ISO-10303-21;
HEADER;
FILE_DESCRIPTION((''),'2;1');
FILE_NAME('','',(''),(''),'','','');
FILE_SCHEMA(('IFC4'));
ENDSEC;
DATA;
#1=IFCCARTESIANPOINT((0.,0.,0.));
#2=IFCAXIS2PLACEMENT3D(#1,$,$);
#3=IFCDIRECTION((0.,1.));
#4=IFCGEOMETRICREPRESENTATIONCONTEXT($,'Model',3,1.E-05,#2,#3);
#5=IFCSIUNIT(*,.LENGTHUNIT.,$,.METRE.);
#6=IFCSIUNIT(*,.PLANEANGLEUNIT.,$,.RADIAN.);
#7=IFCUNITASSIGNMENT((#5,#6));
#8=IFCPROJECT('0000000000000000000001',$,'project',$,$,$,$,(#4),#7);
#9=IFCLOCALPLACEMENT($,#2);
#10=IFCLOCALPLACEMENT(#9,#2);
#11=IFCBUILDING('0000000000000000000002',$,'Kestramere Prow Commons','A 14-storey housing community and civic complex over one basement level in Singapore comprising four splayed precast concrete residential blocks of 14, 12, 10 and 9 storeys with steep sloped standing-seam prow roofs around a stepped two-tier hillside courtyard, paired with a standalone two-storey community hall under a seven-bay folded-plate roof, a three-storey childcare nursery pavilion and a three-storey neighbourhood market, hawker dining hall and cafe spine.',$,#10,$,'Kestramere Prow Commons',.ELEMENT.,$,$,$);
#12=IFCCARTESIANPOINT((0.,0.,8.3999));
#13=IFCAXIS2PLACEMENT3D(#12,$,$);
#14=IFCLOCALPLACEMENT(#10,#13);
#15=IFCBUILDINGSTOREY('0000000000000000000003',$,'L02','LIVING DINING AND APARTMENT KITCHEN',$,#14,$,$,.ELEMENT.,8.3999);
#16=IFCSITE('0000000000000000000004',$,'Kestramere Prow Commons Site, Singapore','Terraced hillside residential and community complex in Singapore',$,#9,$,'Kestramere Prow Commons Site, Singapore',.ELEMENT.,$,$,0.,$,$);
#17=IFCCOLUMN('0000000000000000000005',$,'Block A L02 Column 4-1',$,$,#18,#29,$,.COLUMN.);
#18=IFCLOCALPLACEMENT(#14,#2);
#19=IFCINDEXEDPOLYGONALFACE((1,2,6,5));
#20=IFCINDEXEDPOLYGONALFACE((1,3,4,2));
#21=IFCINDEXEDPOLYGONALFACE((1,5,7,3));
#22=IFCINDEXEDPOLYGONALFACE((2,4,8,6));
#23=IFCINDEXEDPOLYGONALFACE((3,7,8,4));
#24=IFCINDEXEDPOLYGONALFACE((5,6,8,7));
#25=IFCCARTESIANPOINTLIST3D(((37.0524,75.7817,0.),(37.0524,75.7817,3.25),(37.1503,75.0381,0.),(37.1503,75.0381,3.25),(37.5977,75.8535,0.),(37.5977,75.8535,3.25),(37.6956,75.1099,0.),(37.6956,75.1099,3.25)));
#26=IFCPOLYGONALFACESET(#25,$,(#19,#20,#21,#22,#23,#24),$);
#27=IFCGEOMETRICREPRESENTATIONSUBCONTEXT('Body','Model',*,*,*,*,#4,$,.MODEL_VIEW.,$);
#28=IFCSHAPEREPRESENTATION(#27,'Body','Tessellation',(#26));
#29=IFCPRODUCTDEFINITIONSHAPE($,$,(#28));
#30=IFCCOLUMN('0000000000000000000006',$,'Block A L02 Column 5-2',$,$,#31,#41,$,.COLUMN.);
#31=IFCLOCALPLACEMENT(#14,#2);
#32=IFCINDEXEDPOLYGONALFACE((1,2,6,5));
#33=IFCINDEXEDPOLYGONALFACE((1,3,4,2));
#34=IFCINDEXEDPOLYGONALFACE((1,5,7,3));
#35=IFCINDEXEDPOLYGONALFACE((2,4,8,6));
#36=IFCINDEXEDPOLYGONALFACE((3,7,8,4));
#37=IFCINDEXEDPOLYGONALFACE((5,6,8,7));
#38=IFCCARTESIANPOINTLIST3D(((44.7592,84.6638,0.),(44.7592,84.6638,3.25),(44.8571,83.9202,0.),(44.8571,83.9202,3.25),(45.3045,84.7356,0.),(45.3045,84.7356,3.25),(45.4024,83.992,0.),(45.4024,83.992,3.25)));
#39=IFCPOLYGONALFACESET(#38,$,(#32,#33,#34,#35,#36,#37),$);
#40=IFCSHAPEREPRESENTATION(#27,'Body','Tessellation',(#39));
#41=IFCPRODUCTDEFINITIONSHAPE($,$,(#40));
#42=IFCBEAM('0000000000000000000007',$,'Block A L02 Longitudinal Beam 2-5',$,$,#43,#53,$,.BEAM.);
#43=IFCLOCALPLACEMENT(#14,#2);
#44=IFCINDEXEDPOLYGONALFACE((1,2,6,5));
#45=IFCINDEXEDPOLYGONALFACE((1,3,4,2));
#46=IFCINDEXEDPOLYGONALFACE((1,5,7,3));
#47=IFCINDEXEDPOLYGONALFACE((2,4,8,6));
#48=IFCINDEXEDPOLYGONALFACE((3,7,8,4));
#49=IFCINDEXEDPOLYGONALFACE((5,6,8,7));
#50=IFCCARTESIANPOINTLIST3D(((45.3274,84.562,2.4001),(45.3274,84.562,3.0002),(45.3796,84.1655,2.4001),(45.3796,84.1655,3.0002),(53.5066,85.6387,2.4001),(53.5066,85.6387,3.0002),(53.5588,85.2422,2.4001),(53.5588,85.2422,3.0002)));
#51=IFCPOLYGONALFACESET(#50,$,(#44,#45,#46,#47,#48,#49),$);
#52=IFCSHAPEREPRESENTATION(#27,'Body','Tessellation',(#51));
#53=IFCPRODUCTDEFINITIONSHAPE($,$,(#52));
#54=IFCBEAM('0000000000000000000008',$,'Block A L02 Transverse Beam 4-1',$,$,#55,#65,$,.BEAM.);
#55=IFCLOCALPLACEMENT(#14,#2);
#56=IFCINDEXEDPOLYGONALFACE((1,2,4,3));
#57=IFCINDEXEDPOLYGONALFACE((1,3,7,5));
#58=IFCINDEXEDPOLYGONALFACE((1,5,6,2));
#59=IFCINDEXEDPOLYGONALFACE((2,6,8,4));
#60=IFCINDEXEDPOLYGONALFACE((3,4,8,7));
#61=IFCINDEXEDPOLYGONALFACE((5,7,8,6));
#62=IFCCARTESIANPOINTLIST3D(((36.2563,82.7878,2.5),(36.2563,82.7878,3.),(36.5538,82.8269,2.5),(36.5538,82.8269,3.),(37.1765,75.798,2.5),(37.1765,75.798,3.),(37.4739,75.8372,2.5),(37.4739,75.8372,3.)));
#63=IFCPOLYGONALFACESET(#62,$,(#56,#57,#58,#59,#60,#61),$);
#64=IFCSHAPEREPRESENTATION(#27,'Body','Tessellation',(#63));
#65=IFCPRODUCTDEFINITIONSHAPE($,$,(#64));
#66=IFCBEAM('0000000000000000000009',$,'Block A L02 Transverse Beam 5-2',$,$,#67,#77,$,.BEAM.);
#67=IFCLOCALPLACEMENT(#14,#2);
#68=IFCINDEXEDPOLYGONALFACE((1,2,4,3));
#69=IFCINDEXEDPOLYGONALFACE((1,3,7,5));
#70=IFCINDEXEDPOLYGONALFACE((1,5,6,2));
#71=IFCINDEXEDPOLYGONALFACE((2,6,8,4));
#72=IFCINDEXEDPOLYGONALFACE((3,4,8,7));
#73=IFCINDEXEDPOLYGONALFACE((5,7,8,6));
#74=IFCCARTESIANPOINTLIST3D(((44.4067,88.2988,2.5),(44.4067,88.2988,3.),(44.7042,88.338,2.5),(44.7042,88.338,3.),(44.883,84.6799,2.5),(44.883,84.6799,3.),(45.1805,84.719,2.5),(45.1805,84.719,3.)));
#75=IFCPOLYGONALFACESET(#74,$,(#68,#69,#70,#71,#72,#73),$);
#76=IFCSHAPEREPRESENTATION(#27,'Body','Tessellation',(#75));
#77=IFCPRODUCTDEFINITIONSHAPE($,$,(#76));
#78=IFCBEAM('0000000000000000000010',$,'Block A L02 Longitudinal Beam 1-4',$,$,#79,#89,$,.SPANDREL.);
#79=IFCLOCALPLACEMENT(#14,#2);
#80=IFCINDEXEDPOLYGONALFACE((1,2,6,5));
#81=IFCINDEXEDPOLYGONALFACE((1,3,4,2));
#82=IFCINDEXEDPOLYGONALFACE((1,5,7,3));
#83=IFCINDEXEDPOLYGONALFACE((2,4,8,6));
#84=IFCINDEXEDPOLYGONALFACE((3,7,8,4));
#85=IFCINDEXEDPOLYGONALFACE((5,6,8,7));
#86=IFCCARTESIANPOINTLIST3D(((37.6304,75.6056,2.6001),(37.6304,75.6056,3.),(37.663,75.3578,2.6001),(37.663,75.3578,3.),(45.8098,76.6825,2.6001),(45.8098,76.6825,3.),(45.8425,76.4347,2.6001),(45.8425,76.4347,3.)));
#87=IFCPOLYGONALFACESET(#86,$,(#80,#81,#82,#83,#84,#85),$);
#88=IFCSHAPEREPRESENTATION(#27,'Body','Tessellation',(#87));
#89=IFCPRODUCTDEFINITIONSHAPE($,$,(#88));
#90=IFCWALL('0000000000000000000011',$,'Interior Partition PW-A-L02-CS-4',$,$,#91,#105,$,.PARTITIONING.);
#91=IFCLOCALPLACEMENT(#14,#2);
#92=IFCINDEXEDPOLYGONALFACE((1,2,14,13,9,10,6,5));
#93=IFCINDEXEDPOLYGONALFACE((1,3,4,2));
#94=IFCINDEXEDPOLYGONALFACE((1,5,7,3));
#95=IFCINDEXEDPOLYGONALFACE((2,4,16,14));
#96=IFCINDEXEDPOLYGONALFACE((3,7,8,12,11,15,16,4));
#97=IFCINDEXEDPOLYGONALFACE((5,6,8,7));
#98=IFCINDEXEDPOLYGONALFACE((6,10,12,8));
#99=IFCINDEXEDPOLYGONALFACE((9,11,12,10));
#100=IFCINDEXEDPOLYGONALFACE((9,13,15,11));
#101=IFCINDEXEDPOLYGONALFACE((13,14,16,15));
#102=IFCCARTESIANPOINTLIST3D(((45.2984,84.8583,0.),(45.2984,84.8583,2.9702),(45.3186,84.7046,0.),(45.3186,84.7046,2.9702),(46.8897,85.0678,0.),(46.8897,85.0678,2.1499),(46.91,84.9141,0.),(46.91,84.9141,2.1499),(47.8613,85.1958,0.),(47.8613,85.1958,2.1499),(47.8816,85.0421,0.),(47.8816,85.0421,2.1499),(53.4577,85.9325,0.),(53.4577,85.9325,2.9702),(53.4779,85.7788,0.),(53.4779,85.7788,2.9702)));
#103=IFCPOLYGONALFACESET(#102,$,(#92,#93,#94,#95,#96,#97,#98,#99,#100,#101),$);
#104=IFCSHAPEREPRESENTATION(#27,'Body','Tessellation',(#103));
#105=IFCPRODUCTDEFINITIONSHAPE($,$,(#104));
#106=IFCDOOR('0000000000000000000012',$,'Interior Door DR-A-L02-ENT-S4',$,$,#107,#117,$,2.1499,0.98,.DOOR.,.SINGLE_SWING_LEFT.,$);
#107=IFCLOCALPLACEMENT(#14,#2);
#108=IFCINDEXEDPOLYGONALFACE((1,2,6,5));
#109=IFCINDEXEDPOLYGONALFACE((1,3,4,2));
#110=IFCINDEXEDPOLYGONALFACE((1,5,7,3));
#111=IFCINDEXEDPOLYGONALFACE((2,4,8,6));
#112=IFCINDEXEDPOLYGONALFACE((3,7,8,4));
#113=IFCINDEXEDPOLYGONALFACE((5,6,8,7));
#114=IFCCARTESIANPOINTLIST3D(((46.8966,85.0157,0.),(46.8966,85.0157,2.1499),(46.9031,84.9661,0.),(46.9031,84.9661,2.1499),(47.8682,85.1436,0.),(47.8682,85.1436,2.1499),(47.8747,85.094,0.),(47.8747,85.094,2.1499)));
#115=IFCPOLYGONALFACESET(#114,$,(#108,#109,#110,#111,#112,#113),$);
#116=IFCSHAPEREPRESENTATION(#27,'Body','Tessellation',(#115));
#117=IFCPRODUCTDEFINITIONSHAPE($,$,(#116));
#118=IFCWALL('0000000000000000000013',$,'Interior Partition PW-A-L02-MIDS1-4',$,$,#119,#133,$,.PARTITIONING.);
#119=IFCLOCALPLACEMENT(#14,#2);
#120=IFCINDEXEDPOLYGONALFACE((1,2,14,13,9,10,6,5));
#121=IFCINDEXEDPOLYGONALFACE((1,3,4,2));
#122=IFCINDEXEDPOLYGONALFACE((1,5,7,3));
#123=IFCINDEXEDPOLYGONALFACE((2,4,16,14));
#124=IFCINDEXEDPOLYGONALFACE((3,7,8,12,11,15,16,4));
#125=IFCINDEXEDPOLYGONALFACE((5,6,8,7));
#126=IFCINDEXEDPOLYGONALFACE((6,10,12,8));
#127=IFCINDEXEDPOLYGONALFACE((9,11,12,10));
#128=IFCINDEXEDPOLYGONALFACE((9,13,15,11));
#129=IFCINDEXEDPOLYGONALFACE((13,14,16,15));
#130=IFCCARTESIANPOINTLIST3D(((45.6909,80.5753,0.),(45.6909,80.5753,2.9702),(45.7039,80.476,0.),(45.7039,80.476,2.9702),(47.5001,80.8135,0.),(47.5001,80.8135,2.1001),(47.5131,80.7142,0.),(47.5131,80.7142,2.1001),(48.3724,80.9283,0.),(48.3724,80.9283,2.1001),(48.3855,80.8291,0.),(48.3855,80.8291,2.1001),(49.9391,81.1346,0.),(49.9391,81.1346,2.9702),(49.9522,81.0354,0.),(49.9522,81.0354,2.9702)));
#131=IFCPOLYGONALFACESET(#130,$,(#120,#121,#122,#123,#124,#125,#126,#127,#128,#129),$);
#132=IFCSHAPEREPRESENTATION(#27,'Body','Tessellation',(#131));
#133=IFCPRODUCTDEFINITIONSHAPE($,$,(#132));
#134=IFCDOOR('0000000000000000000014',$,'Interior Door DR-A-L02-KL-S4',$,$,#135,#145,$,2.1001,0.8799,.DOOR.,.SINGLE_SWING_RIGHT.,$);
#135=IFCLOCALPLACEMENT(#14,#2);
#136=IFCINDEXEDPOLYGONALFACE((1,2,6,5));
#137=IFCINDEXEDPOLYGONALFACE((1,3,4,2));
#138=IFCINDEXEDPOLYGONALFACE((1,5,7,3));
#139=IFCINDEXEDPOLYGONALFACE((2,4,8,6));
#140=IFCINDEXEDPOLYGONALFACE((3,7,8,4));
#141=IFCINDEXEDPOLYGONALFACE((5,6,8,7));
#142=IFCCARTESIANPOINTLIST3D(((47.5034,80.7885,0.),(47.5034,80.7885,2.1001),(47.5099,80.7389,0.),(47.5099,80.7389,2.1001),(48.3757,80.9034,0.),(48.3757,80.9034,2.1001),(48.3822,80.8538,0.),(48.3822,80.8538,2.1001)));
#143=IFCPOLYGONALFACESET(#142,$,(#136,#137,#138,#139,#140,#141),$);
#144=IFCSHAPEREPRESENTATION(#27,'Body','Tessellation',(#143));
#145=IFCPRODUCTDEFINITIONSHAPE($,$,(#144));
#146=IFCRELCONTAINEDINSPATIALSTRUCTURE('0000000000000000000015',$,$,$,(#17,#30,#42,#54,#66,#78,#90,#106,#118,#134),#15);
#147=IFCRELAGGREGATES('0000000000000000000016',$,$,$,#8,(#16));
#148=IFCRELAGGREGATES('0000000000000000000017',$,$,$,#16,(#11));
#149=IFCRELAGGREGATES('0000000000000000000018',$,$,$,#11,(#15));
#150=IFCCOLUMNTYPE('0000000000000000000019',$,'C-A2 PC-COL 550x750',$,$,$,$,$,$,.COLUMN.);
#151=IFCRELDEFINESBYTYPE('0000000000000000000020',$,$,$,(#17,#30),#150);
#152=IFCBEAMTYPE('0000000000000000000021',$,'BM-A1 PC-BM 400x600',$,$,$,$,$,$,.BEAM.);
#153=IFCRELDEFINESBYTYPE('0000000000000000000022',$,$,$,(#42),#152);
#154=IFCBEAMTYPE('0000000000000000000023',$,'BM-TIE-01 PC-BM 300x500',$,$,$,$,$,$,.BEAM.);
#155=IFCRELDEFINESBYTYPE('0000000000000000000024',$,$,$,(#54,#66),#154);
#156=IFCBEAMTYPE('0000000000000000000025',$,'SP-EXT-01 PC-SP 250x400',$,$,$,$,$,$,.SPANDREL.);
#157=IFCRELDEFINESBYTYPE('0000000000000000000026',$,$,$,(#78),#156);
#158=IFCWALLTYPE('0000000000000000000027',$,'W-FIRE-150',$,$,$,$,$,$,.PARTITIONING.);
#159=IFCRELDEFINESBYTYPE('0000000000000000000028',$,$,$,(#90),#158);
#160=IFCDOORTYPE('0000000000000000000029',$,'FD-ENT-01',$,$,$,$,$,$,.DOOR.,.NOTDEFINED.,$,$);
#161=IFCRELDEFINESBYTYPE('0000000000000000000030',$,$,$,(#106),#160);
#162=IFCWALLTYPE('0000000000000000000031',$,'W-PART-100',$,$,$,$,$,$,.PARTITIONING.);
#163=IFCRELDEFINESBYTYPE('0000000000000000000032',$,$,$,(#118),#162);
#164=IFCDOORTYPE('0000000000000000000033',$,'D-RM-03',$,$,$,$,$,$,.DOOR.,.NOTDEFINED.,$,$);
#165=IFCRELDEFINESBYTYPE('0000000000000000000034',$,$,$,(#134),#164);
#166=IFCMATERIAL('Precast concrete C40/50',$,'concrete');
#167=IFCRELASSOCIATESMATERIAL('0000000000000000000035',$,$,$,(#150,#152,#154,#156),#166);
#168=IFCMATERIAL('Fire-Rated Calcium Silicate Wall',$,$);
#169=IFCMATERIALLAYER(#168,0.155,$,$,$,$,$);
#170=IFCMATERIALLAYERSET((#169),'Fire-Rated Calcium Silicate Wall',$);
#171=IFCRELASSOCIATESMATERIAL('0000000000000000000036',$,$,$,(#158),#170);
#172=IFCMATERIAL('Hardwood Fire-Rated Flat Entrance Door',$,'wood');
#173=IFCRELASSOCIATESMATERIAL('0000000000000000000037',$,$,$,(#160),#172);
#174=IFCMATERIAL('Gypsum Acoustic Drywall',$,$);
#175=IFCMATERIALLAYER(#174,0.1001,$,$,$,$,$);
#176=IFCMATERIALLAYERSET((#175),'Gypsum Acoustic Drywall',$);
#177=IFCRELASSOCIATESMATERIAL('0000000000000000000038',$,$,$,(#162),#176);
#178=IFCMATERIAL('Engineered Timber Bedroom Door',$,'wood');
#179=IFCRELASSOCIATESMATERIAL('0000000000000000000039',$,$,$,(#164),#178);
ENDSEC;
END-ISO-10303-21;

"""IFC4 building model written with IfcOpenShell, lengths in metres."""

from ifc_helpers import new_model, si_unit, direction, frame, frame_2d, origin, origin_2d, place, context, subcontext, project, spatial, rectangle, extrude, material, layer, layer_set, material_profile, profile_set, type_object, element, fill, save


model = new_model("IFC4")

# Units and contexts
model_context = context("Model", 3, precision=1e-05, world=origin(), true_north=direction((0.0, 1.0)))
body_context = subcontext(model_context, "Body", "Model", "MODEL_VIEW")
ifc_project = project(units=[si_unit("LENGTHUNIT", "METRE"), si_unit("PLANEANGLEUNIT", "RADIAN")], contexts=[model_context])

# Site, building, storey
site_placement = place(None, origin())
site = spatial("IfcSite", under=ifc_project, at=site_placement, Name="Kestramere Prow Commons Site, Singapore", Description="Terraced hillside residential and community complex in Singapore", LongName="Kestramere Prow Commons Site, Singapore", CompositionType="ELEMENT", RefElevation=0.0)
building_placement = place(site_placement, origin())
building = spatial("IfcBuilding", under=site, at=building_placement, Name="Kestramere Prow Commons", Description="A 14-storey housing community and civic complex over one basement level in Singapore comprising four splayed precast concrete residential blocks of 14, 12, 10 and 9 storeys with steep sloped standing-seam prow roofs around a stepped two-tier hillside courtyard, paired with a standalone two-storey community hall under a seven-bay folded-plate roof, a three-storey childcare nursery pavilion and a three-storey neighbourhood market, hawker dining hall and cafe spine.", LongName="Kestramere Prow Commons", CompositionType="ELEMENT")
storey_placement = place(building_placement, frame((0.0, 0.0, 8.3999)))
storey = spatial("IfcBuildingStorey", under=building, at=storey_placement, Name="L02", Description="LIVING DINING AND APARTMENT KITCHEN", CompositionType="ELEMENT", Elevation=8.3999)

# Columns
ifc_material_1 = material(Name="Precast concrete C40/50", Category="concrete")
ifc_material_profile_1 = material_profile(ifc_material_1, rectangle(XDim=0.55, YDim=0.75, at=origin_2d()), Name="PC-COL 550x750")
ifc_profile_set_1 = profile_set([ifc_material_profile_1], Name="Precast concrete C40/50")
column_type = type_object("IfcColumnType", Name="C-A2 PC-COL 550x750", PredefinedType="COLUMN", material=ifc_profile_set_1)
for number, where, z_axis, x_axis, name in (
    (1, (37.374, 75.4458, 0.0), (0.0, 0.0, 1.0), (0.991445, 0.130526, 0.0), "Block A L02 Column 4-1"),
    (2, (45.0808, 84.3279, 0.0), (0.0, 0.0, 1.0), (0.991445, 0.130526, 0.0), "Block A L02 Column 5-2"),
):
    element("IfcColumn", number, at=place(storey_placement, frame(where, z_axis=z_axis, x_axis=x_axis)), inside=storey, type_object=column_type, Name=name, PredefinedType="COLUMN", context=body_context, shape_type="SweptSolid", body=[
        extrude(rectangle(XDim=0.55, YDim=0.75, at=origin_2d()), origin(), (0.0, 0.0, 1.0), 3.25),
    ])

# Beams
ifc_material_profile_2 = material_profile(ifc_material_1, rectangle(XDim=0.3999, YDim=0.6001, at=origin_2d()), Name="PC-BM 400x600")
ifc_profile_set_2 = profile_set([ifc_material_profile_2], Name="Precast concrete C40/50")
beam_type_1 = type_object("IfcBeamType", Name="BM-A1 PC-BM 400x600", PredefinedType="BEAM", material=ifc_profile_set_2)
beam_1_placement = place(storey_placement, frame((45.3535, 84.3638, 2.7002), z_axis=(0.991447, 0.130508, 0.0), x_axis=(-0.130508, 0.991447, 0.0)))
element("IfcBeam", 3, at=beam_1_placement, inside=storey, type_object=beam_type_1, Name="Block A L02 Longitudinal Beam 2-5", PredefinedType="BEAM", context=body_context, shape_type="SweptSolid", body=[
    extrude(rectangle(XDim=0.3999, YDim=0.6001, at=origin_2d()), origin(), (0.0, 0.0, 1.0), 8.2498),
])
ifc_material_profile_3 = material_profile(ifc_material_1, rectangle(XDim=0.3, YDim=0.5, at=origin_2d()), Name="PC-BM 300x500")
ifc_profile_set_3 = profile_set([ifc_material_profile_3], Name="Precast concrete C40/50")
beam_type_2 = type_object("IfcBeamType", Name="BM-TIE-01 PC-BM 300x500", PredefinedType="BEAM", material=ifc_profile_set_3)
beam_2_placement = place(storey_placement, frame((37.3252, 75.8176, 2.75), z_axis=(-0.130519, 0.991446, 0.0), x_axis=(-0.991446, -0.130519, 0.0)))
element("IfcBeam", 4, at=beam_2_placement, inside=storey, type_object=beam_type_2, Name="Block A L02 Transverse Beam 4-1", PredefinedType="BEAM", context=body_context, shape_type="SweptSolid", body=[
    extrude(rectangle(XDim=0.3, YDim=0.5, at=origin_2d()), origin(), (0.0, 0.0, 1.0), 7.05),
])
beam_3_placement = place(storey_placement, frame((45.0317, 84.6995, 2.75), z_axis=(-0.130494, 0.991449, 0.0), x_axis=(-0.991449, -0.130494, 0.0)))
element("IfcBeam", 5, at=beam_3_placement, inside=storey, type_object=beam_type_2, Name="Block A L02 Transverse Beam 5-2", PredefinedType="BEAM", context=body_context, shape_type="SweptSolid", body=[
    extrude(rectangle(XDim=0.3, YDim=0.5, at=origin_2d()), origin(), (0.0, 0.0, 1.0), 3.6501),
])
ifc_material_profile_4 = material_profile(ifc_material_1, rectangle(XDim=0.25, YDim=0.3999, at=origin_2d()), Name="PC-SP 250x400")
ifc_profile_set_4 = profile_set([ifc_material_profile_4], Name="Precast concrete C40/50")
beam_type_3 = type_object("IfcBeamType", Name="SP-EXT-01 PC-SP 250x400", PredefinedType="SPANDREL", material=ifc_profile_set_4)
beam_4_placement = place(storey_placement, frame((37.6467, 75.4817, 2.8), z_axis=(0.991444, 0.130533, 0.0), x_axis=(-0.130533, 0.991444, 0.0)))
element("IfcBeam", 6, at=beam_4_placement, inside=storey, type_object=beam_type_3, Name="Block A L02 Longitudinal Beam 1-4", PredefinedType="SPANDREL", context=body_context, shape_type="SweptSolid", body=[
    extrude(rectangle(XDim=0.25, YDim=0.3999, at=origin_2d()), origin(), (0.0, 0.0, 1.0), 8.25),
])

# Walls, openings, doors
ifc_material_2 = material(Name="Fire-Rated Calcium Silicate Wall")
ifc_layer_1 = layer(ifc_material_2, 0.155)
ifc_layer_set_1 = layer_set([ifc_layer_1], Name="Fire-Rated Calcium Silicate Wall")
wall_type_1 = type_object("IfcWallType", Name="W-FIRE-150", PredefinedType="PARTITIONING", material=ifc_layer_set_1)
wall_1_placement = place(storey_placement, frame((45.3086, 84.7815, 0.0), z_axis=(0.0, 0.0, 1.0), x_axis=(0.991445, 0.130527, 0.0)))
wall_1 = element("IfcWall", 7, at=wall_1_placement, inside=storey, type_object=wall_type_1, Name="Interior Partition PW-A-L02-CS-4", PredefinedType="PARTITIONING", context=body_context, shape_type="SweptSolid", body=[
    extrude(rectangle(XDim=8.2297, YDim=0.155, at=frame_2d((4.1147, 0.0))), origin(), (0.0, 0.0, 1.0), 2.9702),
])
opening_1_placement = place(wall_1_placement, frame((1.605, 0.0, 0.0)))
opening_1 = element("IfcOpeningElement", 8, at=opening_1_placement, cuts=wall_1, PredefinedType="OPENING", context=body_context, shape_type="SweptSolid", body=[
    extrude(rectangle(XDim=0.98, YDim=2.1499, at=frame_2d((0.49, 1.075))), frame((0.0, 0.0925, 0.0), z_axis=(0.0, -1.0, 0.0), x_axis=(1.0, 0.0, 0.0)), (0.0, 0.0, 1.0), 0.1851),
])
ifc_material_3 = material(Name="Hardwood Fire-Rated Flat Entrance Door", Category="wood")
door_type_1 = type_object("IfcDoorType", Name="FD-ENT-01", OperationType="NOTDEFINED", PredefinedType="DOOR", material=ifc_material_3)
door_1_placement = place(opening_1_placement, origin())
door_1 = element("IfcDoor", 9, at=door_1_placement, inside=storey, type_object=door_type_1, Name="Interior Door DR-A-L02-ENT-S4", OperationType="SINGLE_SWING_LEFT", OverallHeight=2.1499, OverallWidth=0.98, PredefinedType="DOOR", context=body_context, shape_type="SweptSolid", body=[
    extrude(rectangle(XDim=0.98, YDim=2.1499, at=frame_2d((0.49, 1.075))), frame((0.0, 0.0249, 0.0), z_axis=(0.0, -1.0, 0.0), x_axis=(1.0, 0.0, 0.0)), (0.0, 0.0, 1.0), 0.05),
])
fill(opening_1, door_1)
ifc_material_4 = material(Name="Gypsum Acoustic Drywall")
ifc_layer_2 = layer(ifc_material_4, 0.1001)
ifc_layer_set_2 = layer_set([ifc_layer_2], Name="Gypsum Acoustic Drywall")
wall_type_2 = type_object("IfcWallType", Name="W-PART-100", PredefinedType="PARTITIONING", material=ifc_layer_set_2)
wall_2_placement = place(storey_placement, frame((45.6973, 80.5256, 0.0), z_axis=(0.0, 0.0, 1.0), x_axis=(0.991444, 0.130533, 0.0)))
wall_2 = element("IfcWall", 10, at=wall_2_placement, inside=storey, type_object=wall_type_2, Name="Interior Partition PW-A-L02-MIDS1-4", PredefinedType="PARTITIONING", context=body_context, shape_type="SweptSolid", body=[
    extrude(rectangle(XDim=4.2849, YDim=0.1001, at=frame_2d((2.1426, 0.0))), origin(), (0.0, 0.0, 1.0), 2.9702),
])
opening_2_placement = place(wall_2_placement, frame((1.825, 0.0, 0.0)))
opening_2 = element("IfcOpeningElement", 11, at=opening_2_placement, cuts=wall_2, PredefinedType="OPENING", context=body_context, shape_type="SweptSolid", body=[
    extrude(rectangle(XDim=0.8799, YDim=2.1001, at=frame_2d((0.4399, 1.05))), frame((0.0, 0.0649, 0.0), z_axis=(0.0, -1.0, 0.0), x_axis=(1.0, 0.0, 0.0)), (0.0, 0.0, 1.0), 0.1301),
])
ifc_material_5 = material(Name="Engineered Timber Bedroom Door", Category="wood")
door_type_2 = type_object("IfcDoorType", Name="D-RM-03", OperationType="NOTDEFINED", PredefinedType="DOOR", material=ifc_material_5)
door_2_placement = place(opening_2_placement, origin())
door_2 = element("IfcDoor", 12, at=door_2_placement, inside=storey, type_object=door_type_2, Name="Interior Door DR-A-L02-KL-S4", OperationType="SINGLE_SWING_RIGHT", OverallHeight=2.1001, OverallWidth=0.8799, PredefinedType="DOOR", context=body_context, shape_type="SweptSolid", body=[
    extrude(rectangle(XDim=0.8799, YDim=2.1001, at=frame_2d((0.4399, 1.05))), frame((0.0, 0.0249, 0.0), z_axis=(0.0, -1.0, 0.0), x_axis=(1.0, 0.0, 0.0)), (0.0, 0.0, 1.0), 0.05),
])
fill(opening_2, door_2)

save(model, "model.ifc")
